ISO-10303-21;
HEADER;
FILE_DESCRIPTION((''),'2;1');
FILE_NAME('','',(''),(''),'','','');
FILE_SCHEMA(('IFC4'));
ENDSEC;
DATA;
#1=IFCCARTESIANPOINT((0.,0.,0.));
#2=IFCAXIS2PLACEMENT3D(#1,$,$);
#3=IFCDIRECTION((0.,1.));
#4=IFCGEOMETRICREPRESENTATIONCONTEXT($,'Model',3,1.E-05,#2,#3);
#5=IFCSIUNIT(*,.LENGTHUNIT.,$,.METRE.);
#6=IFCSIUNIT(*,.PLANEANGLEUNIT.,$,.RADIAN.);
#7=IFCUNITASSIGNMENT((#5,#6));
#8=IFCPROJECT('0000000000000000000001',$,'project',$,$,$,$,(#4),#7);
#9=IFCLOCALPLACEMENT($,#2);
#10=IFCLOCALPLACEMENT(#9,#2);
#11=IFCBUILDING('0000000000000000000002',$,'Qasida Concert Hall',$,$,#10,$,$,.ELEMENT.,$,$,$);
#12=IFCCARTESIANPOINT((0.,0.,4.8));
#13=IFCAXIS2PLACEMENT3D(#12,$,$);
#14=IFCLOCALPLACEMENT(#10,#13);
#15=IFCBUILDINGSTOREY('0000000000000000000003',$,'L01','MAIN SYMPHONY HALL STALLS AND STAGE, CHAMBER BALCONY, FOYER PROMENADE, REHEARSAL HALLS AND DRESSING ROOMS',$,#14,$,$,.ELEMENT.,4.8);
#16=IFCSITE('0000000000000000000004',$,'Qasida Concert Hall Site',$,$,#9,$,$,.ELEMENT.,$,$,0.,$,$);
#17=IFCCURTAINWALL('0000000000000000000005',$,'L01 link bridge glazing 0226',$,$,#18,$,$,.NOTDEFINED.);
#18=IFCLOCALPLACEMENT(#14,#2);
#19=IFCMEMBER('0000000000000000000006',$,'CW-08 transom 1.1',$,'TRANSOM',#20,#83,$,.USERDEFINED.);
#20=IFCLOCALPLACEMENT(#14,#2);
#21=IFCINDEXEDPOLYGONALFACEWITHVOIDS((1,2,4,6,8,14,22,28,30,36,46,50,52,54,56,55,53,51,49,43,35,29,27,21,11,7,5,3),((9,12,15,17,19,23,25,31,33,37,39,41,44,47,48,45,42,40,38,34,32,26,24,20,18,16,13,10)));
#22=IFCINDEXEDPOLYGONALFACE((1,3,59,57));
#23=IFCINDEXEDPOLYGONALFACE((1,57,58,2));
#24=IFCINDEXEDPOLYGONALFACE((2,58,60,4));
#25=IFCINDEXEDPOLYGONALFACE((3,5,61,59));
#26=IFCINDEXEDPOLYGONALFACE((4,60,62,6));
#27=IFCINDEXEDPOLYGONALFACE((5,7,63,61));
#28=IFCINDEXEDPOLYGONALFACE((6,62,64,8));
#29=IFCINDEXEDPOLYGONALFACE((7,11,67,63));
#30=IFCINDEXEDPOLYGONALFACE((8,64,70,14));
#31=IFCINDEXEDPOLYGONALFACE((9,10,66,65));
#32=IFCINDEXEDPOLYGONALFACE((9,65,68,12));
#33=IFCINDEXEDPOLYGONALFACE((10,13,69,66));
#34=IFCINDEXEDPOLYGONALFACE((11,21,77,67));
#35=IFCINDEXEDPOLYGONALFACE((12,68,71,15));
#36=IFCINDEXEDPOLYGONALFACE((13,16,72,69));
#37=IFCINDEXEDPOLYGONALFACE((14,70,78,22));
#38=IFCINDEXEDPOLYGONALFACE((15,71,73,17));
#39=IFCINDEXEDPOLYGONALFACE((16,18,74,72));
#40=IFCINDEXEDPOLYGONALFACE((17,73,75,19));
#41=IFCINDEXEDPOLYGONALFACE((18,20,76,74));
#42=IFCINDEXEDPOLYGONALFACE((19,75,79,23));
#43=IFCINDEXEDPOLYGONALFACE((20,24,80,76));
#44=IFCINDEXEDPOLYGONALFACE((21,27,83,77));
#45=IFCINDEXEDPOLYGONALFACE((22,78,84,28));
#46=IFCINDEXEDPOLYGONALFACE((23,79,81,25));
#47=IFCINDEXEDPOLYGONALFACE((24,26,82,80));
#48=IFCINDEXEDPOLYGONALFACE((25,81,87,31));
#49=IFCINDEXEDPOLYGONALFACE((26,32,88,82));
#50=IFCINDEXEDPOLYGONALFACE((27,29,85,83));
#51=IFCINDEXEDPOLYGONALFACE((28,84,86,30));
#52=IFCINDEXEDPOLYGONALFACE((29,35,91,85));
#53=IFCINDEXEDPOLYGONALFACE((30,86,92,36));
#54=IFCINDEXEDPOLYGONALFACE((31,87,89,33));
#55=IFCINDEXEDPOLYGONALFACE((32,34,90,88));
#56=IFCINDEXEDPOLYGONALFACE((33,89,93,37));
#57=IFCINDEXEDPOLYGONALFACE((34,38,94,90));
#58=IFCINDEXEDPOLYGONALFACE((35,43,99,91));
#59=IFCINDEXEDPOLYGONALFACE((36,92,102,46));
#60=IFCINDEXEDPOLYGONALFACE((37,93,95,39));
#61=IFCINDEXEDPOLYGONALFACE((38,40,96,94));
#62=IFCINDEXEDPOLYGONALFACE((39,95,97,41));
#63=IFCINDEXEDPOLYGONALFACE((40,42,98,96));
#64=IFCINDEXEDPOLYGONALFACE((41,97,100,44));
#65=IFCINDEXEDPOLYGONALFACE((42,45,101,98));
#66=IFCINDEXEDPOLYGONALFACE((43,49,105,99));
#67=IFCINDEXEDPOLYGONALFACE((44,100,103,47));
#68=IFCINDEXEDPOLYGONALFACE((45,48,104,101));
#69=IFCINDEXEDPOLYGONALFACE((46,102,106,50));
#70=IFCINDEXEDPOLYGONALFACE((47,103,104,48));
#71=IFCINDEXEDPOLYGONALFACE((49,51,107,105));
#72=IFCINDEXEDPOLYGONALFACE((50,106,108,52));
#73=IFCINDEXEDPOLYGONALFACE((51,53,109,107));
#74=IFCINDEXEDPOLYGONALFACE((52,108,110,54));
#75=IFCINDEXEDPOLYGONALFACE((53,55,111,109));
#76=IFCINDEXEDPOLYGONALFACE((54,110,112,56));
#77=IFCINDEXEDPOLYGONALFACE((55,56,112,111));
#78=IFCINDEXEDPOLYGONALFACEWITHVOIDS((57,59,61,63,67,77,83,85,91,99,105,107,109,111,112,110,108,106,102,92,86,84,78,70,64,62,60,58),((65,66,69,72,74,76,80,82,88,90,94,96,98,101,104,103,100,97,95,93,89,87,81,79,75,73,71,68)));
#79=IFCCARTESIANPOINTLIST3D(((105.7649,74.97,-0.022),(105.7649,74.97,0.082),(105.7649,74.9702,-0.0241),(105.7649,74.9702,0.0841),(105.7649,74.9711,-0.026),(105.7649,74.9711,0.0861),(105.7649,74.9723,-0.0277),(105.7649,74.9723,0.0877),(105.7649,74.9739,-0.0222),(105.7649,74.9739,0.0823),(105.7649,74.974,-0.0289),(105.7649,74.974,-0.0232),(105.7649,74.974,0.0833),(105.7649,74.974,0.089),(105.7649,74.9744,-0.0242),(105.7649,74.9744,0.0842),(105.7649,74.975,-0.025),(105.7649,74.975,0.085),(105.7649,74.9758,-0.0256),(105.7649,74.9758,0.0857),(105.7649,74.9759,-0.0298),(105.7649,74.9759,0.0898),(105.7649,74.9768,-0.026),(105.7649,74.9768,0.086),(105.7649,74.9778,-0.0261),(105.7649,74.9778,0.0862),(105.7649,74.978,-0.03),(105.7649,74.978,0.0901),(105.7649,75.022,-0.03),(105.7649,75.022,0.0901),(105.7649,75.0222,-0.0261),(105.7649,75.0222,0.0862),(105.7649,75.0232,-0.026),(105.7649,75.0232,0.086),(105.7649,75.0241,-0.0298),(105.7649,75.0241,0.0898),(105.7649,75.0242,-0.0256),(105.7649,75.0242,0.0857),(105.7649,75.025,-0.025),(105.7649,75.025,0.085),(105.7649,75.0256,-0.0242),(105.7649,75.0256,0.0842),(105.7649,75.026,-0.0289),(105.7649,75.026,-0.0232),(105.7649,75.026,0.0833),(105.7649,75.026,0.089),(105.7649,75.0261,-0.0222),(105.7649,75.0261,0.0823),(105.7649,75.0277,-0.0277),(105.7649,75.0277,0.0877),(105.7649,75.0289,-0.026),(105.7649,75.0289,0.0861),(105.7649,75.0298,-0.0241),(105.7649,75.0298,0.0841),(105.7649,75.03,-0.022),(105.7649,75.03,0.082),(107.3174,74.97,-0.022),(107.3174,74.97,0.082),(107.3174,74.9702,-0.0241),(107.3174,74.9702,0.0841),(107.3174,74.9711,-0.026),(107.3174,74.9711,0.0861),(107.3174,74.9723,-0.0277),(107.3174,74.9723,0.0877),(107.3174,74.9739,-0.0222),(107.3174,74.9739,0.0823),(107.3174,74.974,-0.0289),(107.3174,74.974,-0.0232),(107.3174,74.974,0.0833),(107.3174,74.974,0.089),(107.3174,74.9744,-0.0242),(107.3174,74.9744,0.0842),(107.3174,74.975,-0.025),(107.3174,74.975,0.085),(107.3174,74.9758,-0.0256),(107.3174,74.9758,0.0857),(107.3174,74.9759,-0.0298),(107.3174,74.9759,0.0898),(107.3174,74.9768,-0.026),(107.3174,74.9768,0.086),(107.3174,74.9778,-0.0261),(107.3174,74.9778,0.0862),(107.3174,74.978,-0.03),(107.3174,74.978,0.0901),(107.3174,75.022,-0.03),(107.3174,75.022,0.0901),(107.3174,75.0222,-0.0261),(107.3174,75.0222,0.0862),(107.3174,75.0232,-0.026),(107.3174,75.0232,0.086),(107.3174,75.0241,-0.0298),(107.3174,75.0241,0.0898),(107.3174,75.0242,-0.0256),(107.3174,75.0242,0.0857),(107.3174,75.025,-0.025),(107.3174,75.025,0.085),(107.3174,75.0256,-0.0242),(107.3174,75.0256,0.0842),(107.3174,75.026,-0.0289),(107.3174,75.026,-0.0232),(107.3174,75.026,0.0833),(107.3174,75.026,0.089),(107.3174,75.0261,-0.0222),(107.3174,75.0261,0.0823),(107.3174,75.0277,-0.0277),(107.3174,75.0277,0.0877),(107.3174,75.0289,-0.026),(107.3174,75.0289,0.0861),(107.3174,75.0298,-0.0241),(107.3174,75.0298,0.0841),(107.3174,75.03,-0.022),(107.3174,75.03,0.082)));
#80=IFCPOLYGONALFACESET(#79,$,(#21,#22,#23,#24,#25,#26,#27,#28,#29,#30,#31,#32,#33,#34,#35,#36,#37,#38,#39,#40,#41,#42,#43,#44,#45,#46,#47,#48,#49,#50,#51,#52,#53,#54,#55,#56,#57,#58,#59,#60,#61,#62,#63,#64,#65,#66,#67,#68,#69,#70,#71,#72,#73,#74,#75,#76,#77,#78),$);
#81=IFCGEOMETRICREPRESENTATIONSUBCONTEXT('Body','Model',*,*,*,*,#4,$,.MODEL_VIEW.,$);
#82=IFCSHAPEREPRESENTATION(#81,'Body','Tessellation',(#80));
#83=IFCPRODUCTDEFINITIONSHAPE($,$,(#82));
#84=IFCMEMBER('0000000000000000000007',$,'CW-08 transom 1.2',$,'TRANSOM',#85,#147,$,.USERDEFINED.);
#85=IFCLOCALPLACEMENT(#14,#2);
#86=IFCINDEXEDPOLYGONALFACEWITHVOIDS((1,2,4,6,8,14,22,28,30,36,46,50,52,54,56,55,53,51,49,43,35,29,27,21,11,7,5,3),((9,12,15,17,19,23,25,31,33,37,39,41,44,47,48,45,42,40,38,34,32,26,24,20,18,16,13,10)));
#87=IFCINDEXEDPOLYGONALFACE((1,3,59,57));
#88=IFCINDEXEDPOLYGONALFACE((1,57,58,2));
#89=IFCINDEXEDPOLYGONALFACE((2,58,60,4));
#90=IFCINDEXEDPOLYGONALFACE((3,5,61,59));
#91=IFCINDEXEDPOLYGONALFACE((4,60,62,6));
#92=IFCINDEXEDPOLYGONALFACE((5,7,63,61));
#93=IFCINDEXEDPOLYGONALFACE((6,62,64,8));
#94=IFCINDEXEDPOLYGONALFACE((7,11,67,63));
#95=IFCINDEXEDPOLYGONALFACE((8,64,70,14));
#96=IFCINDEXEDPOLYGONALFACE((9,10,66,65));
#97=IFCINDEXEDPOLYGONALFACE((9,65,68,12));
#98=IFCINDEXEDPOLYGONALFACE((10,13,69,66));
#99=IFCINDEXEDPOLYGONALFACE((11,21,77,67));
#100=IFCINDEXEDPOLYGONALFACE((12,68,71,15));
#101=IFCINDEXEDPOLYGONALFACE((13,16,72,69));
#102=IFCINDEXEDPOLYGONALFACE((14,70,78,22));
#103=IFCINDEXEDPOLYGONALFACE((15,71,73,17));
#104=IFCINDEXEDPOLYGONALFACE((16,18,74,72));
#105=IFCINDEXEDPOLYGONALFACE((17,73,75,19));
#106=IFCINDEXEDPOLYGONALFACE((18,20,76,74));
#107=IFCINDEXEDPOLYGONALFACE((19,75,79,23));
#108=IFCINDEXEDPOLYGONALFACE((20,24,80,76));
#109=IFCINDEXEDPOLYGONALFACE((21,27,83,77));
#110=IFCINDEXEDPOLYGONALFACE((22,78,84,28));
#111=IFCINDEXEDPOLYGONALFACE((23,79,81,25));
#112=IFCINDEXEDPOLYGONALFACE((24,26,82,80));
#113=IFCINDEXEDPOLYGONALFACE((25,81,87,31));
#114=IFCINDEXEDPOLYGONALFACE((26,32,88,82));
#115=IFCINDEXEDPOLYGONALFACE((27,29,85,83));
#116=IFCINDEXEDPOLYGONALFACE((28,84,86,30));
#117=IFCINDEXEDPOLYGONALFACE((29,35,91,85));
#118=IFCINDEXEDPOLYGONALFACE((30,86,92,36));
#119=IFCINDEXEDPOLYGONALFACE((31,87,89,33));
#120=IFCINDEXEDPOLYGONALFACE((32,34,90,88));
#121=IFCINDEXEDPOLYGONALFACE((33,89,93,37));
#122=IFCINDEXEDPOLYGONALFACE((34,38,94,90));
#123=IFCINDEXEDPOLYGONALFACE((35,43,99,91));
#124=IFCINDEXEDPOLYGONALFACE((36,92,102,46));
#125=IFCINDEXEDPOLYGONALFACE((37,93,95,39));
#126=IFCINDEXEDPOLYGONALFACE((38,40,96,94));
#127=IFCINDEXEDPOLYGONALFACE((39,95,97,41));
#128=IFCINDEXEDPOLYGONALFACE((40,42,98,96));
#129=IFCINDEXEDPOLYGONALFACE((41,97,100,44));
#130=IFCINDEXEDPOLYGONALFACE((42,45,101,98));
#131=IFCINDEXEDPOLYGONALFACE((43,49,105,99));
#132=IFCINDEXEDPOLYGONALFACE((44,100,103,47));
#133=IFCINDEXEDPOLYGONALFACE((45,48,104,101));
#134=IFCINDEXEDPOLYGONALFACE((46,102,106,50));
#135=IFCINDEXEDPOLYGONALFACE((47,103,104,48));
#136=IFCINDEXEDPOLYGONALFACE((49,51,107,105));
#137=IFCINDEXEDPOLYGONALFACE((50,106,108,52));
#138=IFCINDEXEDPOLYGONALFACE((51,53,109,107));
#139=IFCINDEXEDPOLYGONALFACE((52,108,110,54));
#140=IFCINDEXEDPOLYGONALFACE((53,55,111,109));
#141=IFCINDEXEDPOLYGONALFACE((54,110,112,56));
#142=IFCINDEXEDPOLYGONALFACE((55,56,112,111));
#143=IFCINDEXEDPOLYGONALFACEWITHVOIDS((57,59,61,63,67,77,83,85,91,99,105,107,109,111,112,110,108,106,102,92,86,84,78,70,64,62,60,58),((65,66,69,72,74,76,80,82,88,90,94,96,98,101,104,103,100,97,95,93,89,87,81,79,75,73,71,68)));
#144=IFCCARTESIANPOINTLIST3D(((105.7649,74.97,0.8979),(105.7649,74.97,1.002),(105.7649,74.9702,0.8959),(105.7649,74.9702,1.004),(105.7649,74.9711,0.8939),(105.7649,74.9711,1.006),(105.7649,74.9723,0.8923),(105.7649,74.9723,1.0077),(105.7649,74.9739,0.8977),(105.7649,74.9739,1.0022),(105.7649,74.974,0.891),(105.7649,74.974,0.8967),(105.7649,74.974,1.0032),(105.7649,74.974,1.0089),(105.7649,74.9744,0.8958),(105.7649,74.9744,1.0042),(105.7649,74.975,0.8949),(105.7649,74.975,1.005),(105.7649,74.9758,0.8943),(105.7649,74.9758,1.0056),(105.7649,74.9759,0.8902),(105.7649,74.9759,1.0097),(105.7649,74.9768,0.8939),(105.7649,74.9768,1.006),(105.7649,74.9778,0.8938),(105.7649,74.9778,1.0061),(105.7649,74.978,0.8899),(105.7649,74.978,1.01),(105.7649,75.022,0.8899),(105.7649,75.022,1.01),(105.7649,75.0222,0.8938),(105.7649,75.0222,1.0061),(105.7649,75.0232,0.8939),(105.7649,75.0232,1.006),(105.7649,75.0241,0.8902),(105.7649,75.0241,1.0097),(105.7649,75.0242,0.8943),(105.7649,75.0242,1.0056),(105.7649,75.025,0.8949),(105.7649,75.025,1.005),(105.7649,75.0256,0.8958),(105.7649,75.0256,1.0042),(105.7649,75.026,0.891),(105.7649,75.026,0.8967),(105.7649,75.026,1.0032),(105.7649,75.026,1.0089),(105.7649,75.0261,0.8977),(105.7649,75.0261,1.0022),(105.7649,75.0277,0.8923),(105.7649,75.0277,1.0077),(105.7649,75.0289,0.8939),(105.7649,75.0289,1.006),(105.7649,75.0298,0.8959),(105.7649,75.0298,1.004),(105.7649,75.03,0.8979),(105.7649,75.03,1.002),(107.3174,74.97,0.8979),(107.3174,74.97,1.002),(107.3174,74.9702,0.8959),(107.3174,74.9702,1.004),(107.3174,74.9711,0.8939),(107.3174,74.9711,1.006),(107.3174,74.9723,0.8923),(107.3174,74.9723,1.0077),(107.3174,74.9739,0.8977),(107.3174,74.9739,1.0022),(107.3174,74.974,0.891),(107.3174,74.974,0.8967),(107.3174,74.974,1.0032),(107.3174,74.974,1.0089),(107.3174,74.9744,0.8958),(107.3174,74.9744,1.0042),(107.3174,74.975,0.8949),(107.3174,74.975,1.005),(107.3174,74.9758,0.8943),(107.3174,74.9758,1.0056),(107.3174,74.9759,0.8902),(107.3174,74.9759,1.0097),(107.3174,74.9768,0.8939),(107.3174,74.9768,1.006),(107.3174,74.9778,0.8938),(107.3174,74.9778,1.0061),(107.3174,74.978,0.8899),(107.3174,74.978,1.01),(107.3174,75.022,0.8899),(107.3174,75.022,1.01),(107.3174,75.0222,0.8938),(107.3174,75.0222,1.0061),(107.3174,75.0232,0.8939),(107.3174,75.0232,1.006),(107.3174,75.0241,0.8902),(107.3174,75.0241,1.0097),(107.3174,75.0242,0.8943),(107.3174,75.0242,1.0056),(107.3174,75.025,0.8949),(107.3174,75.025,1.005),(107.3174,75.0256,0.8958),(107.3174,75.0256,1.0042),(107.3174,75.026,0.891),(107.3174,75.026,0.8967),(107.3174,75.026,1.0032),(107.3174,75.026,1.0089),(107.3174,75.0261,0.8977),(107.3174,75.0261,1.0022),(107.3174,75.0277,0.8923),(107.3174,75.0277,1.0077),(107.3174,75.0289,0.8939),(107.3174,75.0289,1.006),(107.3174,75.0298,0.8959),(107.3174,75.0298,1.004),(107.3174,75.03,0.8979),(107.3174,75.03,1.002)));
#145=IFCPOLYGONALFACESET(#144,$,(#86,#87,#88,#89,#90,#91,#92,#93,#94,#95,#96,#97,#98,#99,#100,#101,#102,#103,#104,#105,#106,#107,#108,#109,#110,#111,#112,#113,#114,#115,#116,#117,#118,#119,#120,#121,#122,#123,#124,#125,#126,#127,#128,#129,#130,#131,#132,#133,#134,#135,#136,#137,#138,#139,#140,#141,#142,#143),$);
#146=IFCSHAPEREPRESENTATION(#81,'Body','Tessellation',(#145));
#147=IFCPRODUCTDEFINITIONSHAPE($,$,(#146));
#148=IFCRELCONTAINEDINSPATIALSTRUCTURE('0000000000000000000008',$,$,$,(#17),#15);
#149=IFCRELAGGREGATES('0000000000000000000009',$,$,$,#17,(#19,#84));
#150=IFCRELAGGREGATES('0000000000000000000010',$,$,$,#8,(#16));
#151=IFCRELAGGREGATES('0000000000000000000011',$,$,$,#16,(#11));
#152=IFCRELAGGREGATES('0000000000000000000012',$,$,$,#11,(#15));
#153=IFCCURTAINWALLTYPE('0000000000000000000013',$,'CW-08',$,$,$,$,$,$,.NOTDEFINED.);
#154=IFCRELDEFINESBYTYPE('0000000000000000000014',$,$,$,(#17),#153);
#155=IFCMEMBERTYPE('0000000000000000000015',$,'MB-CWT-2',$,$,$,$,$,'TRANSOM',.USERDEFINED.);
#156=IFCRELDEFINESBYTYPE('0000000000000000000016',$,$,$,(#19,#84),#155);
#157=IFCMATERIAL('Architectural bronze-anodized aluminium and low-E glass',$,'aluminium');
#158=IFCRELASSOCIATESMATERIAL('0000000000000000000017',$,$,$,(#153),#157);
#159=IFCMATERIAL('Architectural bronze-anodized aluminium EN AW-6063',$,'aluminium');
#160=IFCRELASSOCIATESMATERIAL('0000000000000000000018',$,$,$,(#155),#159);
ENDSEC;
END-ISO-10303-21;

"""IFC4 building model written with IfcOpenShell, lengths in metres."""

from ifc_helpers import new_model, si_unit, direction, frame, origin, origin_2d, place, context, subcontext, project, spatial, hollow_rectangle, extrude, material, material_profile, profile_set, type_object, element, aggregate, save


model = new_model("IFC4")

# Units and contexts
model_context = context("Model", 3, precision=1e-05, world=origin(), true_north=direction((0.0, 1.0)))
body_context = subcontext(model_context, "Body", "Model", "MODEL_VIEW")
ifc_project = project(units=[si_unit("LENGTHUNIT", "METRE"), si_unit("PLANEANGLEUNIT", "RADIAN")], contexts=[model_context])

# Site, building, storey
site_placement = place(None, origin())
site = spatial("IfcSite", under=ifc_project, at=site_placement, Name="Qasida Concert Hall Site", CompositionType="ELEMENT", RefElevation=0.0)
building_placement = place(site_placement, origin())
building = spatial("IfcBuilding", under=site, at=building_placement, Name="Qasida Concert Hall", CompositionType="ELEMENT")
storey_placement = place(building_placement, frame((0.0, 0.0, 4.8)))
storey = spatial("IfcBuildingStorey", under=building, at=storey_placement, Name="L01", Description="MAIN SYMPHONY HALL STALLS AND STAGE, CHAMBER BALCONY, FOYER PROMENADE, REHEARSAL HALLS AND DRESSING ROOMS", CompositionType="ELEMENT", Elevation=4.8)

# Shared definitions
ifc_material_1 = material(Name="Architectural bronze-anodized aluminium and low-E glass", Category="aluminium")
ifc_material_2 = material(Name="Architectural bronze-anodized aluminium EN AW-6063", Category="aluminium")

# Curtain wall, members
curtain_wall_type_1 = type_object("IfcCurtainWallType", Name="CW-08", PredefinedType="NOTDEFINED", material=ifc_material_1)
curtain_wall_1_placement = place(storey_placement, origin())
curtain_wall_1 = element("IfcCurtainWall", 1, at=curtain_wall_1_placement, inside=storey, type_object=curtain_wall_type_1, Name="L01 link bridge glazing 0226", PredefinedType="NOTDEFINED")
ifc_material_profile_1 = material_profile(ifc_material_2, hollow_rectangle(XDim=0.0601, YDim=0.1201, WallThickness=0.0039, InnerFilletRadius=0.0039, OuterFilletRadius=0.0081, at=origin_2d()), Name="CWT 120x60x4")
ifc_profile_set_1 = profile_set([ifc_material_profile_1], Name="Architectural bronze-anodized aluminium EN AW-6063")
member_type_1 = type_object("IfcMemberType", Name="MB-CWT-2", ElementType="TRANSOM", PredefinedType="USERDEFINED", material=ifc_profile_set_1)
member_1_placement = place(storey_placement, frame((105.7649, 75.0, 0.03), z_axis=(1.0, 0.0, 0.0), x_axis=(0.0, 1.0, 0.0)))
member_1 = element("IfcMember", 2, at=member_1_placement, type_object=member_type_1, Name="CW-08 transom 1.1", ObjectType="TRANSOM", PredefinedType="USERDEFINED", context=body_context, shape_type="SweptSolid", body=[
    extrude(hollow_rectangle(XDim=0.0601, YDim=0.1201, WallThickness=0.0039, InnerFilletRadius=0.0039, OuterFilletRadius=0.0081, at=origin_2d()), origin(), (0.0, 0.0, 1.0), 1.5525),
])
member_2_placement = place(storey_placement, frame((105.7649, 75.0, 0.95), z_axis=(1.0, 0.0, 0.0), x_axis=(0.0, 1.0, 0.0)))
member_2 = element("IfcMember", 3, at=member_2_placement, type_object=member_type_1, Name="CW-08 transom 1.2", ObjectType="TRANSOM", PredefinedType="USERDEFINED", context=body_context, shape_type="SweptSolid", body=[
    extrude(hollow_rectangle(XDim=0.0601, YDim=0.1201, WallThickness=0.0039, InnerFilletRadius=0.0039, OuterFilletRadius=0.0081, at=origin_2d()), origin(), (0.0, 0.0, 1.0), 1.5525),
])
aggregate(curtain_wall_1, [member_1, member_2])

save(model, "model.ifc")
